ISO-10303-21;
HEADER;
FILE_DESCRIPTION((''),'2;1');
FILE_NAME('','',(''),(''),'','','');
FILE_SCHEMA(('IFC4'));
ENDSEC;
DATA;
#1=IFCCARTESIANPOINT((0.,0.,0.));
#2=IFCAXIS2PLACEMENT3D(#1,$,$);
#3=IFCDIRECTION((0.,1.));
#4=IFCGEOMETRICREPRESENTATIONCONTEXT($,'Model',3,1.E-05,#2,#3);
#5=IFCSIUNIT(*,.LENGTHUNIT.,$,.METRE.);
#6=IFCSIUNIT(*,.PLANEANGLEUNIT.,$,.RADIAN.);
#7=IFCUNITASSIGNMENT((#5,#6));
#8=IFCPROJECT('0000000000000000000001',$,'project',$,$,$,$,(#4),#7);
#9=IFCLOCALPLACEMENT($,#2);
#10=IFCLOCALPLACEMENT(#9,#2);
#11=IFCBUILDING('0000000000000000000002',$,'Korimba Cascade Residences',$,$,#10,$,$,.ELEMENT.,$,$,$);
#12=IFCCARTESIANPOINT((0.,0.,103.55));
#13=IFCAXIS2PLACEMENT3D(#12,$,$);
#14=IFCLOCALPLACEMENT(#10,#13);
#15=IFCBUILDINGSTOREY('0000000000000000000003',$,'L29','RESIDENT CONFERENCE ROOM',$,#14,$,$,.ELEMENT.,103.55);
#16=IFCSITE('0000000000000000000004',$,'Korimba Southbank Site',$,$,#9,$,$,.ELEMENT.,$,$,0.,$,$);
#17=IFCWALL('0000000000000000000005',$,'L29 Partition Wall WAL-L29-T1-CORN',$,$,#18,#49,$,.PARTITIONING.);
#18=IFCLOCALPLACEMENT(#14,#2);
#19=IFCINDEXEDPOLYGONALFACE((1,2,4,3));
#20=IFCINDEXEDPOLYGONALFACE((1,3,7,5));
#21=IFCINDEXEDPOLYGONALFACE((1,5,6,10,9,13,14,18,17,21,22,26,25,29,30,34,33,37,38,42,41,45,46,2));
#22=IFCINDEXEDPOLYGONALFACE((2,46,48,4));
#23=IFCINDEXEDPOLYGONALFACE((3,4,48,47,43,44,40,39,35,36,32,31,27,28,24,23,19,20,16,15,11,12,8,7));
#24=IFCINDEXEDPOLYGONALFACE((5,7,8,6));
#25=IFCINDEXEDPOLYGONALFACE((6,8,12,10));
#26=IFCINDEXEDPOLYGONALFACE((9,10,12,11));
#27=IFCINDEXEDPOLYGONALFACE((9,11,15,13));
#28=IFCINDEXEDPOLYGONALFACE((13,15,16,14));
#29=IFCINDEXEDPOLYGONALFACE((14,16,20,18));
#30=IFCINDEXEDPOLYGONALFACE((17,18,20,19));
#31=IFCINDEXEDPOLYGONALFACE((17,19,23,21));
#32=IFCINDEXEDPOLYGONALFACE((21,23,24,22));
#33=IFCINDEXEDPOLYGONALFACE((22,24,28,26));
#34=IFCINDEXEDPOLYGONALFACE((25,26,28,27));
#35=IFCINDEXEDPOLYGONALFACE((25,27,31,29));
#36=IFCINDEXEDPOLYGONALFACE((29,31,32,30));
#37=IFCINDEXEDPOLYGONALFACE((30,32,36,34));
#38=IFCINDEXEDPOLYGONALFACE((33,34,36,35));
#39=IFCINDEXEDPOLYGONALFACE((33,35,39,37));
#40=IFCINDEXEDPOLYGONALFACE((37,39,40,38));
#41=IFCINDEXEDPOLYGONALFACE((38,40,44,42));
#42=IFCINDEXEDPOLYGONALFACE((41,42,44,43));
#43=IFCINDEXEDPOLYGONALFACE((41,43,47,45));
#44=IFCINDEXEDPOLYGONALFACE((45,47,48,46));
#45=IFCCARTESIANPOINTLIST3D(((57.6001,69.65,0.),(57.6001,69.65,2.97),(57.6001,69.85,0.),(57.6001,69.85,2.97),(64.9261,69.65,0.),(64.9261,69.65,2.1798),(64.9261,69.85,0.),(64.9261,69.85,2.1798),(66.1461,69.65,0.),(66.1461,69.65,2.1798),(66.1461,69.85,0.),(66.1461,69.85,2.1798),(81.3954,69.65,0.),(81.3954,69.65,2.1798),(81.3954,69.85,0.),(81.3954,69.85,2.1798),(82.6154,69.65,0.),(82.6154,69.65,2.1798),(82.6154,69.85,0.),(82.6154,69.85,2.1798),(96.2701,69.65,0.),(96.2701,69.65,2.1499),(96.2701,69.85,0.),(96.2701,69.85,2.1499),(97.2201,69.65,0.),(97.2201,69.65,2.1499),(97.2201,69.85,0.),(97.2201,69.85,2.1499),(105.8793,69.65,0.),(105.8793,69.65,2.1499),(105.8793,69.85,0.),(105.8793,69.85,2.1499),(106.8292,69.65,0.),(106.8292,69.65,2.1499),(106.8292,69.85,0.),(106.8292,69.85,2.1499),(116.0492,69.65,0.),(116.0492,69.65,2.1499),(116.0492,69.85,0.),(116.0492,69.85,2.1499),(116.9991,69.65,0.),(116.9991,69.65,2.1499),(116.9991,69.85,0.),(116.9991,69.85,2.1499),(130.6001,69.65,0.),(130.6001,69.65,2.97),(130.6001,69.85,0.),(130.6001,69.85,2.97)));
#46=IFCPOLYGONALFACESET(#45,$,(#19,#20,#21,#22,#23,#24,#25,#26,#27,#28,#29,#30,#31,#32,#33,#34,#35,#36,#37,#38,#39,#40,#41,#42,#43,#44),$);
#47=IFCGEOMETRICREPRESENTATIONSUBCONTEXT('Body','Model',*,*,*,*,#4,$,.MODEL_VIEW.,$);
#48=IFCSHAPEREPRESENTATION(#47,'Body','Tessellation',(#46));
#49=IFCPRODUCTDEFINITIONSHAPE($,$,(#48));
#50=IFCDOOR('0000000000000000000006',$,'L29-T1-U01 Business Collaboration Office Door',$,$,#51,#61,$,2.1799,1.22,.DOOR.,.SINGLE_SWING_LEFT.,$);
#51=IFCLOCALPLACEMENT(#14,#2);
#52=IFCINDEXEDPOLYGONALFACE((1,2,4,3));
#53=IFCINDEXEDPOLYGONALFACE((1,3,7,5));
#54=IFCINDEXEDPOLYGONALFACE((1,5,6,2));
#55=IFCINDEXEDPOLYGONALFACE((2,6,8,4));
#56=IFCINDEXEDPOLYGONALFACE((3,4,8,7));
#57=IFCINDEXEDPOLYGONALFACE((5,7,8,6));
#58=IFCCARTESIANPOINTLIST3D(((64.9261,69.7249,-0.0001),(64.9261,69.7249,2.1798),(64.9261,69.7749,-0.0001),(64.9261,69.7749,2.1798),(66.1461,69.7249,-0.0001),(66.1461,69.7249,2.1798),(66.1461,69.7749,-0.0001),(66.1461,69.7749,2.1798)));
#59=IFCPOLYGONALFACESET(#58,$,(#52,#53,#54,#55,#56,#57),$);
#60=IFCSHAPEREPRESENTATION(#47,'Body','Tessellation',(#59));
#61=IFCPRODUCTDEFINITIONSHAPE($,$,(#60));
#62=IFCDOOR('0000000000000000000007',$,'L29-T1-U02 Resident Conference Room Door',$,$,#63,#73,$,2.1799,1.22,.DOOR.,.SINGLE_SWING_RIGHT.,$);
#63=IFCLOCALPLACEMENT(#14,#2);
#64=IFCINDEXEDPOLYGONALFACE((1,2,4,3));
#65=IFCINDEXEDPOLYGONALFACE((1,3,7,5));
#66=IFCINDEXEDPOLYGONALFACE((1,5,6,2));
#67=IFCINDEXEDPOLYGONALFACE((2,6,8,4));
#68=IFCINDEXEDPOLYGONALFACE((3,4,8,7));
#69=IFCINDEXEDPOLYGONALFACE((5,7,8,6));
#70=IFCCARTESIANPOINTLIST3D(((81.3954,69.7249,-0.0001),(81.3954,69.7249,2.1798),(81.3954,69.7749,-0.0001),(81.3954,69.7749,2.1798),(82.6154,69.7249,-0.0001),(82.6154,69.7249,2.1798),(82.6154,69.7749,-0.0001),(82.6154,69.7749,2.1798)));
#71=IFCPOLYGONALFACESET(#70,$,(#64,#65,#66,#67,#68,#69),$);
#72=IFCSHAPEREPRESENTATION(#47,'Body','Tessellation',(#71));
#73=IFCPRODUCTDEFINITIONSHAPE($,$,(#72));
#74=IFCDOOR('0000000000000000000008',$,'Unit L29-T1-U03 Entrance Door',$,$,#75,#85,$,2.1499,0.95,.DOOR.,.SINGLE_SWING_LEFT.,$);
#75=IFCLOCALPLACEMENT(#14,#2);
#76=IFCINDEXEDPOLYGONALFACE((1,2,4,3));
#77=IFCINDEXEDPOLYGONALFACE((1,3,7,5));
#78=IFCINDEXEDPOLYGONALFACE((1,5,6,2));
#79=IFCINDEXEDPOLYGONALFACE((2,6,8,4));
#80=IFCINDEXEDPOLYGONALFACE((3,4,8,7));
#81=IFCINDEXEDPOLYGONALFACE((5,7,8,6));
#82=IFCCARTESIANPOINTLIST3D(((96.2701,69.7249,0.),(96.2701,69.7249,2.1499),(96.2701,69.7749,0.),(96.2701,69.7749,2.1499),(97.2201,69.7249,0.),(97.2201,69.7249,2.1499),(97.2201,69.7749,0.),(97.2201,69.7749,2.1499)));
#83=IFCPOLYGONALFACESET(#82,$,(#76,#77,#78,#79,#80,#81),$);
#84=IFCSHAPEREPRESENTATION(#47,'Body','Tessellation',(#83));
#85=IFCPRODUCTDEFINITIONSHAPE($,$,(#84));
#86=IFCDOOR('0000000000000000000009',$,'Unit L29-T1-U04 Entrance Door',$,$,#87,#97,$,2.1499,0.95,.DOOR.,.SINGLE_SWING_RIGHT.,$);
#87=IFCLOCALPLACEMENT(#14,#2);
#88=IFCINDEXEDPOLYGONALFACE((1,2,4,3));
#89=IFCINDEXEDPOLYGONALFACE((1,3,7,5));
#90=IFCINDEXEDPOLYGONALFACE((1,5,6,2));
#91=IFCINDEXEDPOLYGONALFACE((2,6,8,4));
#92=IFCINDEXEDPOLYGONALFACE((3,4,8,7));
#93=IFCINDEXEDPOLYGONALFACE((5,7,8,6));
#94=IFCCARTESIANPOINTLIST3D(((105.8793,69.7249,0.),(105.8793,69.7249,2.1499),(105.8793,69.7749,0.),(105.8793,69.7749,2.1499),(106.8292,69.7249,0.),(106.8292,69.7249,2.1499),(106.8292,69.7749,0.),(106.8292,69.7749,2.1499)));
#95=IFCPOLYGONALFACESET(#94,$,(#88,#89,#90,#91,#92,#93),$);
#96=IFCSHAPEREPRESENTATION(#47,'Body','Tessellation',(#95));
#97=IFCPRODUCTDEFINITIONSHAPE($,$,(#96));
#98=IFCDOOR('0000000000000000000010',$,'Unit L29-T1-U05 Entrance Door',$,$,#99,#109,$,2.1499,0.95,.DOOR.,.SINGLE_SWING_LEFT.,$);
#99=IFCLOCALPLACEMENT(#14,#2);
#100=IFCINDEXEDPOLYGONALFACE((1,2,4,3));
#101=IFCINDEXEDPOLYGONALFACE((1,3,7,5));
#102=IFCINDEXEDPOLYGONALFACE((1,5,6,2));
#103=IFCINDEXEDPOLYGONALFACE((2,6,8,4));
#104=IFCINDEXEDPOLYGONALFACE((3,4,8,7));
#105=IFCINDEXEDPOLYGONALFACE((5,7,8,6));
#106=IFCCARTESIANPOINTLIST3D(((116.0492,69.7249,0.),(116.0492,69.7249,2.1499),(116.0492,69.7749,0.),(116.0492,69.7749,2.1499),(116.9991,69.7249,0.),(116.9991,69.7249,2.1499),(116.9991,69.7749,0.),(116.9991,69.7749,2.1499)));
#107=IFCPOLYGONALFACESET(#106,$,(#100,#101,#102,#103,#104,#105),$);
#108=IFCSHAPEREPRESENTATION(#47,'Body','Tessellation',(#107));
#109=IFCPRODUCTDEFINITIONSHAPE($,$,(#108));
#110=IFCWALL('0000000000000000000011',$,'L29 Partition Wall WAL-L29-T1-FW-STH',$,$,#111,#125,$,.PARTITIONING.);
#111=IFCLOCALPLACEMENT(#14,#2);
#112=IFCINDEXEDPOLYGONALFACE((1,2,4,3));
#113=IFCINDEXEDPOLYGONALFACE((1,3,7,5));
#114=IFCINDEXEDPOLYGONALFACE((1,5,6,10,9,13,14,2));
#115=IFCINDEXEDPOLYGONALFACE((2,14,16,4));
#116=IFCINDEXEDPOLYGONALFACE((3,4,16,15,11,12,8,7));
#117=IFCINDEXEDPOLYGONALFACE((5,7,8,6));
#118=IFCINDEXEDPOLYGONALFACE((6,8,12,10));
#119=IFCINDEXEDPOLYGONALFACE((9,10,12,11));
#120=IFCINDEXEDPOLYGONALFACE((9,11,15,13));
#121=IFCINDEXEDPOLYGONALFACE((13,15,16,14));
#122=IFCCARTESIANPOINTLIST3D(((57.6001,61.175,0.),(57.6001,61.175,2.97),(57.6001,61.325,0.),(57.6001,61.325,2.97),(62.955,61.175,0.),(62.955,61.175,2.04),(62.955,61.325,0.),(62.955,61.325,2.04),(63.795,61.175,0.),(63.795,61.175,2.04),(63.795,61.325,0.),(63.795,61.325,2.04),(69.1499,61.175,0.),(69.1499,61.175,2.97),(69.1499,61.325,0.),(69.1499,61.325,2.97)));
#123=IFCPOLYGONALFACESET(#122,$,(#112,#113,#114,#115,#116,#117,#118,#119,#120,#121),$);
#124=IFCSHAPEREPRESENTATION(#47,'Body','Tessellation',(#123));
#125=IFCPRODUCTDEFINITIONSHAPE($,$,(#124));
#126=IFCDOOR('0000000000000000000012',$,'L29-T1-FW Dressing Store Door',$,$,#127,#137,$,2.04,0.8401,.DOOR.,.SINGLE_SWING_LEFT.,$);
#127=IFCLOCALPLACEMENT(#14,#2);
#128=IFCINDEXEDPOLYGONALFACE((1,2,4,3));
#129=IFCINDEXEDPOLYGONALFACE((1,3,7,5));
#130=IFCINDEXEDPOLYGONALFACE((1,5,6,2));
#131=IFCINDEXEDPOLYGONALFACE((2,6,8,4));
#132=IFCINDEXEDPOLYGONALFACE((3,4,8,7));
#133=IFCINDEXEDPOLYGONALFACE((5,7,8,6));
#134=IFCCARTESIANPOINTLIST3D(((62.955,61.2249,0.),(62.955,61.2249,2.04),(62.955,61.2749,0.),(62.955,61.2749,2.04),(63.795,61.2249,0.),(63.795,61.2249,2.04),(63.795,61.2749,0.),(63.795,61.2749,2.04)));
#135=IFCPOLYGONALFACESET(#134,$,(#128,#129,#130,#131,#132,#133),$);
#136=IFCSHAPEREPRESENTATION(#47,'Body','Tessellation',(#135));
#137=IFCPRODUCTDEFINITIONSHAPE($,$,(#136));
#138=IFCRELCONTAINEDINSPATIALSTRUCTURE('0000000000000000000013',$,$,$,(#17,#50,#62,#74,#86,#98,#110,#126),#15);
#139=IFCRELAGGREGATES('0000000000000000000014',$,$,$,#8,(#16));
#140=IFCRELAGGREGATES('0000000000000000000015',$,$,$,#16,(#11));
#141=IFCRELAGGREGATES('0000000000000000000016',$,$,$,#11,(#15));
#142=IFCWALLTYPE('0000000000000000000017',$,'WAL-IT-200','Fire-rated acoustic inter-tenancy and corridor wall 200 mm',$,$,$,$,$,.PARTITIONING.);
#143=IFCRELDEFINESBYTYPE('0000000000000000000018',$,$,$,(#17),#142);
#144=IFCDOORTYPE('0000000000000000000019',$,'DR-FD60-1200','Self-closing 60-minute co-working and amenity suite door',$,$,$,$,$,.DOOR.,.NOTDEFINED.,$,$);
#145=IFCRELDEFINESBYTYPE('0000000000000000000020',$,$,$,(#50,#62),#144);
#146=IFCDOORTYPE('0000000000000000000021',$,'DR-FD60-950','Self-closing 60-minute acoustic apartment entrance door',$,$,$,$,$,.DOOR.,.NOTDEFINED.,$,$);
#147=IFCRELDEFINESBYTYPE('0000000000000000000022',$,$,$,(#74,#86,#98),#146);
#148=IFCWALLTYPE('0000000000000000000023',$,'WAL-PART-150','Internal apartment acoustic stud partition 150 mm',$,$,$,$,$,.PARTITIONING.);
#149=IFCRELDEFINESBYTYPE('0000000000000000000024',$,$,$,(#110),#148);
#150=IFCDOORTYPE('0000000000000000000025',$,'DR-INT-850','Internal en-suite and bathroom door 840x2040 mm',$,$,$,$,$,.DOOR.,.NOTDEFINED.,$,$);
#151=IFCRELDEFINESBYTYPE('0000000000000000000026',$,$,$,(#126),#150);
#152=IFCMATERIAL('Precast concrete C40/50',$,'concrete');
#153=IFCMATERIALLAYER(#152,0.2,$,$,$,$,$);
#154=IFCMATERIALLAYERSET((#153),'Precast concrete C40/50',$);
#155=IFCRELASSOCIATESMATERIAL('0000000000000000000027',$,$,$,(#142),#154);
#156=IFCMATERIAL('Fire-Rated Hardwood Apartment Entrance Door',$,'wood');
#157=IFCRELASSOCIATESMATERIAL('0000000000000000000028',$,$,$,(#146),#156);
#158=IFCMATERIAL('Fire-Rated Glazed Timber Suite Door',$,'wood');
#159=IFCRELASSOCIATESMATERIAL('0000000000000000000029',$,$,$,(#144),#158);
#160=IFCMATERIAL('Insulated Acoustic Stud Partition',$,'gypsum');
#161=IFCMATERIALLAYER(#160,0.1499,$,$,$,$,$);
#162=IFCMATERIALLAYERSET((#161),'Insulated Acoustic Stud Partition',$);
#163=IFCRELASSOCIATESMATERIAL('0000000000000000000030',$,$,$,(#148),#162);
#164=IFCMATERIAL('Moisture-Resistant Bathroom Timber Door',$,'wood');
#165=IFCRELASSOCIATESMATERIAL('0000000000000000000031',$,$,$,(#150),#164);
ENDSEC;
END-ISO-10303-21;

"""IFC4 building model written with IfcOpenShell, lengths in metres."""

from ifc_helpers import new_model, si_unit, direction, frame, frame_2d, origin, place, context, subcontext, project, spatial, rectangle, extrude, material, layer, layer_set, type_object, element, fill, save


model = new_model("IFC4")

# Units and contexts
model_context = context("Model", 3, precision=1e-05, world=origin(), true_north=direction((0.0, 1.0)))
body_context = subcontext(model_context, "Body", "Model", "MODEL_VIEW")
ifc_project = project(units=[si_unit("LENGTHUNIT", "METRE"), si_unit("PLANEANGLEUNIT", "RADIAN")], contexts=[model_context])

# Site, building, storey
site_placement = place(None, origin())
site = spatial("IfcSite", under=ifc_project, at=site_placement, Name="Korimba Southbank Site", CompositionType="ELEMENT", RefElevation=0.0)
building_placement = place(site_placement, origin())
building = spatial("IfcBuilding", under=site, at=building_placement, Name="Korimba Cascade Residences", CompositionType="ELEMENT")
storey_placement = place(building_placement, frame((0.0, 0.0, 103.55)))
storey = spatial("IfcBuildingStorey", under=building, at=storey_placement, Name="L29", Description="RESIDENT CONFERENCE ROOM", CompositionType="ELEMENT", Elevation=103.55)

# Shared definitions
ifc_material_1 = material(Name="Precast concrete C40/50", Category="concrete")
ifc_layer_1 = layer(ifc_material_1, 0.2)
ifc_layer_set_1 = layer_set([ifc_layer_1], Name="Precast concrete C40/50")
wall_type_1 = type_object("IfcWallType", Name="WAL-IT-200", Description="Fire-rated acoustic inter-tenancy and corridor wall 200 mm", PredefinedType="PARTITIONING", material=ifc_layer_set_1)
ifc_material_2 = material(Name="Fire-Rated Hardwood Apartment Entrance Door", Category="wood")
door_type_1 = type_object("IfcDoorType", Name="DR-FD60-950", Description="Self-closing 60-minute acoustic apartment entrance door", OperationType="NOTDEFINED", PredefinedType="DOOR", material=ifc_material_2)

# Wall, openings, doors
wall_1_placement = place(storey_placement, frame((57.6001, 69.75, 0.0), z_axis=(0.0, 0.0, 1.0), x_axis=(1.0, 0.0, 0.0)))
wall_1 = element("IfcWall", 1, at=wall_1_placement, inside=storey, type_object=wall_type_1, Name="L29 Partition Wall WAL-L29-T1-CORN", PredefinedType="PARTITIONING", context=body_context, shape_type="SweptSolid", body=[
    extrude(rectangle(XDim=73.0, YDim=0.2, at=frame_2d((36.5, 0.0))), origin(), (0.0, 0.0, 1.0), 2.97),
])
opening_1_placement = place(wall_1_placement, frame((7.3262, 0.0, 0.0)))
opening_1 = element("IfcOpeningElement", 2, at=opening_1_placement, cuts=wall_1, PredefinedType="OPENING", context=body_context, shape_type="SweptSolid", body=[
    extrude(rectangle(XDim=1.22, YDim=2.1799, at=frame_2d((0.6099, 1.0898))), frame((0.0, 0.1099, 0.0), z_axis=(0.0, -1.0, 0.0), x_axis=(1.0, 0.0, 0.0)), (0.0, 0.0, 1.0), 0.22),
])
opening_2_placement = place(wall_1_placement, frame((23.7954, 0.0, 0.0)))
opening_2 = element("IfcOpeningElement", 3, at=opening_2_placement, cuts=wall_1, PredefinedType="OPENING", context=body_context, shape_type="SweptSolid", body=[
    extrude(rectangle(XDim=1.22, YDim=2.1799, at=frame_2d((0.6099, 1.0898))), frame((0.0, 0.1099, 0.0), z_axis=(0.0, -1.0, 0.0), x_axis=(1.0, 0.0, 0.0)), (0.0, 0.0, 1.0), 0.22),
])
opening_3_placement = place(wall_1_placement, frame((38.6699, 0.0, 0.0)))
opening_3 = element("IfcOpeningElement", 4, at=opening_3_placement, cuts=wall_1, PredefinedType="OPENING", context=body_context, shape_type="SweptSolid", body=[
    extrude(rectangle(XDim=0.95, YDim=2.1499, at=frame_2d((0.4751, 1.075))), frame((0.0, 0.1099, 0.0), z_axis=(0.0, -1.0, 0.0), x_axis=(1.0, 0.0, 0.0)), (0.0, 0.0, 1.0), 0.22),
])
opening_4_placement = place(wall_1_placement, frame((48.2791, 0.0, 0.0)))
opening_4 = element("IfcOpeningElement", 5, at=opening_4_placement, cuts=wall_1, PredefinedType="OPENING", context=body_context, shape_type="SweptSolid", body=[
    extrude(rectangle(XDim=0.95, YDim=2.1499, at=frame_2d((0.4751, 1.075))), frame((0.0, 0.1099, 0.0), z_axis=(0.0, -1.0, 0.0), x_axis=(1.0, 0.0, 0.0)), (0.0, 0.0, 1.0), 0.22),
])
opening_5_placement = place(wall_1_placement, frame((58.449, 0.0, 0.0)))
opening_5 = element("IfcOpeningElement", 6, at=opening_5_placement, cuts=wall_1, PredefinedType="OPENING", context=body_context, shape_type="SweptSolid", body=[
    extrude(rectangle(XDim=0.95, YDim=2.1499, at=frame_2d((0.4751, 1.075))), frame((0.0, 0.1099, 0.0), z_axis=(0.0, -1.0, 0.0), x_axis=(1.0, 0.0, 0.0)), (0.0, 0.0, 1.0), 0.22),
])
ifc_material_3 = material(Name="Fire-Rated Glazed Timber Suite Door", Category="wood")
door_type_2 = type_object("IfcDoorType", Name="DR-FD60-1200", Description="Self-closing 60-minute co-working and amenity suite door", OperationType="NOTDEFINED", PredefinedType="DOOR", material=ifc_material_3)
door_1_placement = place(opening_1_placement, origin())
door_1 = element("IfcDoor", 7, at=door_1_placement, inside=storey, type_object=door_type_2, Name="L29-T1-U01 Business Collaboration Office Door", OperationType="SINGLE_SWING_LEFT", OverallHeight=2.1799, OverallWidth=1.22, PredefinedType="DOOR", context=body_context, shape_type="SweptSolid", body=[
    extrude(rectangle(XDim=1.22, YDim=2.1799, at=frame_2d((0.6099, 1.0898))), frame((0.0, 0.0249, 0.0), z_axis=(0.0, -1.0, 0.0), x_axis=(1.0, 0.0, 0.0)), (0.0, 0.0, 1.0), 0.05),
])
fill(opening_1, door_1)
door_2_placement = place(opening_2_placement, origin())
door_2 = element("IfcDoor", 8, at=door_2_placement, inside=storey, type_object=door_type_2, Name="L29-T1-U02 Resident Conference Room Door", OperationType="SINGLE_SWING_RIGHT", OverallHeight=2.1799, OverallWidth=1.22, PredefinedType="DOOR", context=body_context, shape_type="SweptSolid", body=[
    extrude(rectangle(XDim=1.22, YDim=2.1799, at=frame_2d((0.6099, 1.0898))), frame((0.0, 0.0249, 0.0), z_axis=(0.0, -1.0, 0.0), x_axis=(1.0, 0.0, 0.0)), (0.0, 0.0, 1.0), 0.05),
])
fill(opening_2, door_2)
door_3_placement = place(opening_3_placement, origin())
door_3 = element("IfcDoor", 9, at=door_3_placement, inside=storey, type_object=door_type_1, Name="Unit L29-T1-U03 Entrance Door", OperationType="SINGLE_SWING_LEFT", OverallHeight=2.1499, OverallWidth=0.95, PredefinedType="DOOR", context=body_context, shape_type="SweptSolid", body=[
    extrude(rectangle(XDim=0.95, YDim=2.1499, at=frame_2d((0.4751, 1.075))), frame((0.0, 0.0249, 0.0), z_axis=(0.0, -1.0, 0.0), x_axis=(1.0, 0.0, 0.0)), (0.0, 0.0, 1.0), 0.05),
])
fill(opening_3, door_3)
door_4_placement = place(opening_4_placement, origin())
door_4 = element("IfcDoor", 10, at=door_4_placement, inside=storey, type_object=door_type_1, Name="Unit L29-T1-U04 Entrance Door", OperationType="SINGLE_SWING_RIGHT", OverallHeight=2.1499, OverallWidth=0.95, PredefinedType="DOOR", context=body_context, shape_type="SweptSolid", body=[
    extrude(rectangle(XDim=0.95, YDim=2.1499, at=frame_2d((0.4751, 1.075))), frame((0.0, 0.0249, 0.0), z_axis=(0.0, -1.0, 0.0), x_axis=(1.0, 0.0, 0.0)), (0.0, 0.0, 1.0), 0.05),
])
fill(opening_4, door_4)
door_5_placement = place(opening_5_placement, origin())
door_5 = element("IfcDoor", 11, at=door_5_placement, inside=storey, type_object=door_type_1, Name="Unit L29-T1-U05 Entrance Door", OperationType="SINGLE_SWING_LEFT", OverallHeight=2.1499, OverallWidth=0.95, PredefinedType="DOOR", context=body_context, shape_type="SweptSolid", body=[
    extrude(rectangle(XDim=0.95, YDim=2.1499, at=frame_2d((0.4751, 1.075))), frame((0.0, 0.0249, 0.0), z_axis=(0.0, -1.0, 0.0), x_axis=(1.0, 0.0, 0.0)), (0.0, 0.0, 1.0), 0.05),
])
fill(opening_5, door_5)

# Wall, opening, door
ifc_material_4 = material(Name="Insulated Acoustic Stud Partition", Category="gypsum")
ifc_layer_2 = layer(ifc_material_4, 0.1499)
ifc_layer_set_2 = layer_set([ifc_layer_2], Name="Insulated Acoustic Stud Partition")
wall_type_2 = type_object("IfcWallType", Name="WAL-PART-150", Description="Internal apartment acoustic stud partition 150 mm", PredefinedType="PARTITIONING", material=ifc_layer_set_2)
wall_2_placement = place(storey_placement, frame((57.6001, 61.25, 0.0), z_axis=(0.0, 0.0, 1.0), x_axis=(1.0, 0.0, 0.0)))
wall_2 = element("IfcWall", 12, at=wall_2_placement, inside=storey, type_object=wall_type_2, Name="L29 Partition Wall WAL-L29-T1-FW-STH", PredefinedType="PARTITIONING", context=body_context, shape_type="SweptSolid", body=[
    extrude(rectangle(XDim=11.5498, YDim=0.1499, at=frame_2d((5.7749, 0.0))), origin(), (0.0, 0.0, 1.0), 2.97),
])
opening_6_placement = place(wall_2_placement, frame((5.355, 0.0, 0.0)))
opening_6 = element("IfcOpeningElement", 13, at=opening_6_placement, cuts=wall_2, PredefinedType="OPENING", context=body_context, shape_type="SweptSolid", body=[
    extrude(rectangle(XDim=0.8401, YDim=2.04, at=frame_2d((0.4199, 1.02))), frame((0.0, 0.085, 0.0), z_axis=(0.0, -1.0, 0.0), x_axis=(1.0, 0.0, 0.0)), (0.0, 0.0, 1.0), 0.1699),
])
ifc_material_5 = material(Name="Moisture-Resistant Bathroom Timber Door", Category="wood")
door_type_3 = type_object("IfcDoorType", Name="DR-INT-850", Description="Internal en-suite and bathroom door 840x2040 mm", OperationType="NOTDEFINED", PredefinedType="DOOR", material=ifc_material_5)
door_6_placement = place(opening_6_placement, origin())
door_6 = element("IfcDoor", 14, at=door_6_placement, inside=storey, type_object=door_type_3, Name="L29-T1-FW Dressing Store Door", OperationType="SINGLE_SWING_LEFT", OverallHeight=2.04, OverallWidth=0.8401, PredefinedType="DOOR", context=body_context, shape_type="SweptSolid", body=[
    extrude(rectangle(XDim=0.8401, YDim=2.04, at=frame_2d((0.4199, 1.02))), frame((0.0, 0.0249, 0.0), z_axis=(0.0, -1.0, 0.0), x_axis=(1.0, 0.0, 0.0)), (0.0, 0.0, 1.0), 0.05),
])
fill(opening_6, door_6)

save(model, "model.ifc")
